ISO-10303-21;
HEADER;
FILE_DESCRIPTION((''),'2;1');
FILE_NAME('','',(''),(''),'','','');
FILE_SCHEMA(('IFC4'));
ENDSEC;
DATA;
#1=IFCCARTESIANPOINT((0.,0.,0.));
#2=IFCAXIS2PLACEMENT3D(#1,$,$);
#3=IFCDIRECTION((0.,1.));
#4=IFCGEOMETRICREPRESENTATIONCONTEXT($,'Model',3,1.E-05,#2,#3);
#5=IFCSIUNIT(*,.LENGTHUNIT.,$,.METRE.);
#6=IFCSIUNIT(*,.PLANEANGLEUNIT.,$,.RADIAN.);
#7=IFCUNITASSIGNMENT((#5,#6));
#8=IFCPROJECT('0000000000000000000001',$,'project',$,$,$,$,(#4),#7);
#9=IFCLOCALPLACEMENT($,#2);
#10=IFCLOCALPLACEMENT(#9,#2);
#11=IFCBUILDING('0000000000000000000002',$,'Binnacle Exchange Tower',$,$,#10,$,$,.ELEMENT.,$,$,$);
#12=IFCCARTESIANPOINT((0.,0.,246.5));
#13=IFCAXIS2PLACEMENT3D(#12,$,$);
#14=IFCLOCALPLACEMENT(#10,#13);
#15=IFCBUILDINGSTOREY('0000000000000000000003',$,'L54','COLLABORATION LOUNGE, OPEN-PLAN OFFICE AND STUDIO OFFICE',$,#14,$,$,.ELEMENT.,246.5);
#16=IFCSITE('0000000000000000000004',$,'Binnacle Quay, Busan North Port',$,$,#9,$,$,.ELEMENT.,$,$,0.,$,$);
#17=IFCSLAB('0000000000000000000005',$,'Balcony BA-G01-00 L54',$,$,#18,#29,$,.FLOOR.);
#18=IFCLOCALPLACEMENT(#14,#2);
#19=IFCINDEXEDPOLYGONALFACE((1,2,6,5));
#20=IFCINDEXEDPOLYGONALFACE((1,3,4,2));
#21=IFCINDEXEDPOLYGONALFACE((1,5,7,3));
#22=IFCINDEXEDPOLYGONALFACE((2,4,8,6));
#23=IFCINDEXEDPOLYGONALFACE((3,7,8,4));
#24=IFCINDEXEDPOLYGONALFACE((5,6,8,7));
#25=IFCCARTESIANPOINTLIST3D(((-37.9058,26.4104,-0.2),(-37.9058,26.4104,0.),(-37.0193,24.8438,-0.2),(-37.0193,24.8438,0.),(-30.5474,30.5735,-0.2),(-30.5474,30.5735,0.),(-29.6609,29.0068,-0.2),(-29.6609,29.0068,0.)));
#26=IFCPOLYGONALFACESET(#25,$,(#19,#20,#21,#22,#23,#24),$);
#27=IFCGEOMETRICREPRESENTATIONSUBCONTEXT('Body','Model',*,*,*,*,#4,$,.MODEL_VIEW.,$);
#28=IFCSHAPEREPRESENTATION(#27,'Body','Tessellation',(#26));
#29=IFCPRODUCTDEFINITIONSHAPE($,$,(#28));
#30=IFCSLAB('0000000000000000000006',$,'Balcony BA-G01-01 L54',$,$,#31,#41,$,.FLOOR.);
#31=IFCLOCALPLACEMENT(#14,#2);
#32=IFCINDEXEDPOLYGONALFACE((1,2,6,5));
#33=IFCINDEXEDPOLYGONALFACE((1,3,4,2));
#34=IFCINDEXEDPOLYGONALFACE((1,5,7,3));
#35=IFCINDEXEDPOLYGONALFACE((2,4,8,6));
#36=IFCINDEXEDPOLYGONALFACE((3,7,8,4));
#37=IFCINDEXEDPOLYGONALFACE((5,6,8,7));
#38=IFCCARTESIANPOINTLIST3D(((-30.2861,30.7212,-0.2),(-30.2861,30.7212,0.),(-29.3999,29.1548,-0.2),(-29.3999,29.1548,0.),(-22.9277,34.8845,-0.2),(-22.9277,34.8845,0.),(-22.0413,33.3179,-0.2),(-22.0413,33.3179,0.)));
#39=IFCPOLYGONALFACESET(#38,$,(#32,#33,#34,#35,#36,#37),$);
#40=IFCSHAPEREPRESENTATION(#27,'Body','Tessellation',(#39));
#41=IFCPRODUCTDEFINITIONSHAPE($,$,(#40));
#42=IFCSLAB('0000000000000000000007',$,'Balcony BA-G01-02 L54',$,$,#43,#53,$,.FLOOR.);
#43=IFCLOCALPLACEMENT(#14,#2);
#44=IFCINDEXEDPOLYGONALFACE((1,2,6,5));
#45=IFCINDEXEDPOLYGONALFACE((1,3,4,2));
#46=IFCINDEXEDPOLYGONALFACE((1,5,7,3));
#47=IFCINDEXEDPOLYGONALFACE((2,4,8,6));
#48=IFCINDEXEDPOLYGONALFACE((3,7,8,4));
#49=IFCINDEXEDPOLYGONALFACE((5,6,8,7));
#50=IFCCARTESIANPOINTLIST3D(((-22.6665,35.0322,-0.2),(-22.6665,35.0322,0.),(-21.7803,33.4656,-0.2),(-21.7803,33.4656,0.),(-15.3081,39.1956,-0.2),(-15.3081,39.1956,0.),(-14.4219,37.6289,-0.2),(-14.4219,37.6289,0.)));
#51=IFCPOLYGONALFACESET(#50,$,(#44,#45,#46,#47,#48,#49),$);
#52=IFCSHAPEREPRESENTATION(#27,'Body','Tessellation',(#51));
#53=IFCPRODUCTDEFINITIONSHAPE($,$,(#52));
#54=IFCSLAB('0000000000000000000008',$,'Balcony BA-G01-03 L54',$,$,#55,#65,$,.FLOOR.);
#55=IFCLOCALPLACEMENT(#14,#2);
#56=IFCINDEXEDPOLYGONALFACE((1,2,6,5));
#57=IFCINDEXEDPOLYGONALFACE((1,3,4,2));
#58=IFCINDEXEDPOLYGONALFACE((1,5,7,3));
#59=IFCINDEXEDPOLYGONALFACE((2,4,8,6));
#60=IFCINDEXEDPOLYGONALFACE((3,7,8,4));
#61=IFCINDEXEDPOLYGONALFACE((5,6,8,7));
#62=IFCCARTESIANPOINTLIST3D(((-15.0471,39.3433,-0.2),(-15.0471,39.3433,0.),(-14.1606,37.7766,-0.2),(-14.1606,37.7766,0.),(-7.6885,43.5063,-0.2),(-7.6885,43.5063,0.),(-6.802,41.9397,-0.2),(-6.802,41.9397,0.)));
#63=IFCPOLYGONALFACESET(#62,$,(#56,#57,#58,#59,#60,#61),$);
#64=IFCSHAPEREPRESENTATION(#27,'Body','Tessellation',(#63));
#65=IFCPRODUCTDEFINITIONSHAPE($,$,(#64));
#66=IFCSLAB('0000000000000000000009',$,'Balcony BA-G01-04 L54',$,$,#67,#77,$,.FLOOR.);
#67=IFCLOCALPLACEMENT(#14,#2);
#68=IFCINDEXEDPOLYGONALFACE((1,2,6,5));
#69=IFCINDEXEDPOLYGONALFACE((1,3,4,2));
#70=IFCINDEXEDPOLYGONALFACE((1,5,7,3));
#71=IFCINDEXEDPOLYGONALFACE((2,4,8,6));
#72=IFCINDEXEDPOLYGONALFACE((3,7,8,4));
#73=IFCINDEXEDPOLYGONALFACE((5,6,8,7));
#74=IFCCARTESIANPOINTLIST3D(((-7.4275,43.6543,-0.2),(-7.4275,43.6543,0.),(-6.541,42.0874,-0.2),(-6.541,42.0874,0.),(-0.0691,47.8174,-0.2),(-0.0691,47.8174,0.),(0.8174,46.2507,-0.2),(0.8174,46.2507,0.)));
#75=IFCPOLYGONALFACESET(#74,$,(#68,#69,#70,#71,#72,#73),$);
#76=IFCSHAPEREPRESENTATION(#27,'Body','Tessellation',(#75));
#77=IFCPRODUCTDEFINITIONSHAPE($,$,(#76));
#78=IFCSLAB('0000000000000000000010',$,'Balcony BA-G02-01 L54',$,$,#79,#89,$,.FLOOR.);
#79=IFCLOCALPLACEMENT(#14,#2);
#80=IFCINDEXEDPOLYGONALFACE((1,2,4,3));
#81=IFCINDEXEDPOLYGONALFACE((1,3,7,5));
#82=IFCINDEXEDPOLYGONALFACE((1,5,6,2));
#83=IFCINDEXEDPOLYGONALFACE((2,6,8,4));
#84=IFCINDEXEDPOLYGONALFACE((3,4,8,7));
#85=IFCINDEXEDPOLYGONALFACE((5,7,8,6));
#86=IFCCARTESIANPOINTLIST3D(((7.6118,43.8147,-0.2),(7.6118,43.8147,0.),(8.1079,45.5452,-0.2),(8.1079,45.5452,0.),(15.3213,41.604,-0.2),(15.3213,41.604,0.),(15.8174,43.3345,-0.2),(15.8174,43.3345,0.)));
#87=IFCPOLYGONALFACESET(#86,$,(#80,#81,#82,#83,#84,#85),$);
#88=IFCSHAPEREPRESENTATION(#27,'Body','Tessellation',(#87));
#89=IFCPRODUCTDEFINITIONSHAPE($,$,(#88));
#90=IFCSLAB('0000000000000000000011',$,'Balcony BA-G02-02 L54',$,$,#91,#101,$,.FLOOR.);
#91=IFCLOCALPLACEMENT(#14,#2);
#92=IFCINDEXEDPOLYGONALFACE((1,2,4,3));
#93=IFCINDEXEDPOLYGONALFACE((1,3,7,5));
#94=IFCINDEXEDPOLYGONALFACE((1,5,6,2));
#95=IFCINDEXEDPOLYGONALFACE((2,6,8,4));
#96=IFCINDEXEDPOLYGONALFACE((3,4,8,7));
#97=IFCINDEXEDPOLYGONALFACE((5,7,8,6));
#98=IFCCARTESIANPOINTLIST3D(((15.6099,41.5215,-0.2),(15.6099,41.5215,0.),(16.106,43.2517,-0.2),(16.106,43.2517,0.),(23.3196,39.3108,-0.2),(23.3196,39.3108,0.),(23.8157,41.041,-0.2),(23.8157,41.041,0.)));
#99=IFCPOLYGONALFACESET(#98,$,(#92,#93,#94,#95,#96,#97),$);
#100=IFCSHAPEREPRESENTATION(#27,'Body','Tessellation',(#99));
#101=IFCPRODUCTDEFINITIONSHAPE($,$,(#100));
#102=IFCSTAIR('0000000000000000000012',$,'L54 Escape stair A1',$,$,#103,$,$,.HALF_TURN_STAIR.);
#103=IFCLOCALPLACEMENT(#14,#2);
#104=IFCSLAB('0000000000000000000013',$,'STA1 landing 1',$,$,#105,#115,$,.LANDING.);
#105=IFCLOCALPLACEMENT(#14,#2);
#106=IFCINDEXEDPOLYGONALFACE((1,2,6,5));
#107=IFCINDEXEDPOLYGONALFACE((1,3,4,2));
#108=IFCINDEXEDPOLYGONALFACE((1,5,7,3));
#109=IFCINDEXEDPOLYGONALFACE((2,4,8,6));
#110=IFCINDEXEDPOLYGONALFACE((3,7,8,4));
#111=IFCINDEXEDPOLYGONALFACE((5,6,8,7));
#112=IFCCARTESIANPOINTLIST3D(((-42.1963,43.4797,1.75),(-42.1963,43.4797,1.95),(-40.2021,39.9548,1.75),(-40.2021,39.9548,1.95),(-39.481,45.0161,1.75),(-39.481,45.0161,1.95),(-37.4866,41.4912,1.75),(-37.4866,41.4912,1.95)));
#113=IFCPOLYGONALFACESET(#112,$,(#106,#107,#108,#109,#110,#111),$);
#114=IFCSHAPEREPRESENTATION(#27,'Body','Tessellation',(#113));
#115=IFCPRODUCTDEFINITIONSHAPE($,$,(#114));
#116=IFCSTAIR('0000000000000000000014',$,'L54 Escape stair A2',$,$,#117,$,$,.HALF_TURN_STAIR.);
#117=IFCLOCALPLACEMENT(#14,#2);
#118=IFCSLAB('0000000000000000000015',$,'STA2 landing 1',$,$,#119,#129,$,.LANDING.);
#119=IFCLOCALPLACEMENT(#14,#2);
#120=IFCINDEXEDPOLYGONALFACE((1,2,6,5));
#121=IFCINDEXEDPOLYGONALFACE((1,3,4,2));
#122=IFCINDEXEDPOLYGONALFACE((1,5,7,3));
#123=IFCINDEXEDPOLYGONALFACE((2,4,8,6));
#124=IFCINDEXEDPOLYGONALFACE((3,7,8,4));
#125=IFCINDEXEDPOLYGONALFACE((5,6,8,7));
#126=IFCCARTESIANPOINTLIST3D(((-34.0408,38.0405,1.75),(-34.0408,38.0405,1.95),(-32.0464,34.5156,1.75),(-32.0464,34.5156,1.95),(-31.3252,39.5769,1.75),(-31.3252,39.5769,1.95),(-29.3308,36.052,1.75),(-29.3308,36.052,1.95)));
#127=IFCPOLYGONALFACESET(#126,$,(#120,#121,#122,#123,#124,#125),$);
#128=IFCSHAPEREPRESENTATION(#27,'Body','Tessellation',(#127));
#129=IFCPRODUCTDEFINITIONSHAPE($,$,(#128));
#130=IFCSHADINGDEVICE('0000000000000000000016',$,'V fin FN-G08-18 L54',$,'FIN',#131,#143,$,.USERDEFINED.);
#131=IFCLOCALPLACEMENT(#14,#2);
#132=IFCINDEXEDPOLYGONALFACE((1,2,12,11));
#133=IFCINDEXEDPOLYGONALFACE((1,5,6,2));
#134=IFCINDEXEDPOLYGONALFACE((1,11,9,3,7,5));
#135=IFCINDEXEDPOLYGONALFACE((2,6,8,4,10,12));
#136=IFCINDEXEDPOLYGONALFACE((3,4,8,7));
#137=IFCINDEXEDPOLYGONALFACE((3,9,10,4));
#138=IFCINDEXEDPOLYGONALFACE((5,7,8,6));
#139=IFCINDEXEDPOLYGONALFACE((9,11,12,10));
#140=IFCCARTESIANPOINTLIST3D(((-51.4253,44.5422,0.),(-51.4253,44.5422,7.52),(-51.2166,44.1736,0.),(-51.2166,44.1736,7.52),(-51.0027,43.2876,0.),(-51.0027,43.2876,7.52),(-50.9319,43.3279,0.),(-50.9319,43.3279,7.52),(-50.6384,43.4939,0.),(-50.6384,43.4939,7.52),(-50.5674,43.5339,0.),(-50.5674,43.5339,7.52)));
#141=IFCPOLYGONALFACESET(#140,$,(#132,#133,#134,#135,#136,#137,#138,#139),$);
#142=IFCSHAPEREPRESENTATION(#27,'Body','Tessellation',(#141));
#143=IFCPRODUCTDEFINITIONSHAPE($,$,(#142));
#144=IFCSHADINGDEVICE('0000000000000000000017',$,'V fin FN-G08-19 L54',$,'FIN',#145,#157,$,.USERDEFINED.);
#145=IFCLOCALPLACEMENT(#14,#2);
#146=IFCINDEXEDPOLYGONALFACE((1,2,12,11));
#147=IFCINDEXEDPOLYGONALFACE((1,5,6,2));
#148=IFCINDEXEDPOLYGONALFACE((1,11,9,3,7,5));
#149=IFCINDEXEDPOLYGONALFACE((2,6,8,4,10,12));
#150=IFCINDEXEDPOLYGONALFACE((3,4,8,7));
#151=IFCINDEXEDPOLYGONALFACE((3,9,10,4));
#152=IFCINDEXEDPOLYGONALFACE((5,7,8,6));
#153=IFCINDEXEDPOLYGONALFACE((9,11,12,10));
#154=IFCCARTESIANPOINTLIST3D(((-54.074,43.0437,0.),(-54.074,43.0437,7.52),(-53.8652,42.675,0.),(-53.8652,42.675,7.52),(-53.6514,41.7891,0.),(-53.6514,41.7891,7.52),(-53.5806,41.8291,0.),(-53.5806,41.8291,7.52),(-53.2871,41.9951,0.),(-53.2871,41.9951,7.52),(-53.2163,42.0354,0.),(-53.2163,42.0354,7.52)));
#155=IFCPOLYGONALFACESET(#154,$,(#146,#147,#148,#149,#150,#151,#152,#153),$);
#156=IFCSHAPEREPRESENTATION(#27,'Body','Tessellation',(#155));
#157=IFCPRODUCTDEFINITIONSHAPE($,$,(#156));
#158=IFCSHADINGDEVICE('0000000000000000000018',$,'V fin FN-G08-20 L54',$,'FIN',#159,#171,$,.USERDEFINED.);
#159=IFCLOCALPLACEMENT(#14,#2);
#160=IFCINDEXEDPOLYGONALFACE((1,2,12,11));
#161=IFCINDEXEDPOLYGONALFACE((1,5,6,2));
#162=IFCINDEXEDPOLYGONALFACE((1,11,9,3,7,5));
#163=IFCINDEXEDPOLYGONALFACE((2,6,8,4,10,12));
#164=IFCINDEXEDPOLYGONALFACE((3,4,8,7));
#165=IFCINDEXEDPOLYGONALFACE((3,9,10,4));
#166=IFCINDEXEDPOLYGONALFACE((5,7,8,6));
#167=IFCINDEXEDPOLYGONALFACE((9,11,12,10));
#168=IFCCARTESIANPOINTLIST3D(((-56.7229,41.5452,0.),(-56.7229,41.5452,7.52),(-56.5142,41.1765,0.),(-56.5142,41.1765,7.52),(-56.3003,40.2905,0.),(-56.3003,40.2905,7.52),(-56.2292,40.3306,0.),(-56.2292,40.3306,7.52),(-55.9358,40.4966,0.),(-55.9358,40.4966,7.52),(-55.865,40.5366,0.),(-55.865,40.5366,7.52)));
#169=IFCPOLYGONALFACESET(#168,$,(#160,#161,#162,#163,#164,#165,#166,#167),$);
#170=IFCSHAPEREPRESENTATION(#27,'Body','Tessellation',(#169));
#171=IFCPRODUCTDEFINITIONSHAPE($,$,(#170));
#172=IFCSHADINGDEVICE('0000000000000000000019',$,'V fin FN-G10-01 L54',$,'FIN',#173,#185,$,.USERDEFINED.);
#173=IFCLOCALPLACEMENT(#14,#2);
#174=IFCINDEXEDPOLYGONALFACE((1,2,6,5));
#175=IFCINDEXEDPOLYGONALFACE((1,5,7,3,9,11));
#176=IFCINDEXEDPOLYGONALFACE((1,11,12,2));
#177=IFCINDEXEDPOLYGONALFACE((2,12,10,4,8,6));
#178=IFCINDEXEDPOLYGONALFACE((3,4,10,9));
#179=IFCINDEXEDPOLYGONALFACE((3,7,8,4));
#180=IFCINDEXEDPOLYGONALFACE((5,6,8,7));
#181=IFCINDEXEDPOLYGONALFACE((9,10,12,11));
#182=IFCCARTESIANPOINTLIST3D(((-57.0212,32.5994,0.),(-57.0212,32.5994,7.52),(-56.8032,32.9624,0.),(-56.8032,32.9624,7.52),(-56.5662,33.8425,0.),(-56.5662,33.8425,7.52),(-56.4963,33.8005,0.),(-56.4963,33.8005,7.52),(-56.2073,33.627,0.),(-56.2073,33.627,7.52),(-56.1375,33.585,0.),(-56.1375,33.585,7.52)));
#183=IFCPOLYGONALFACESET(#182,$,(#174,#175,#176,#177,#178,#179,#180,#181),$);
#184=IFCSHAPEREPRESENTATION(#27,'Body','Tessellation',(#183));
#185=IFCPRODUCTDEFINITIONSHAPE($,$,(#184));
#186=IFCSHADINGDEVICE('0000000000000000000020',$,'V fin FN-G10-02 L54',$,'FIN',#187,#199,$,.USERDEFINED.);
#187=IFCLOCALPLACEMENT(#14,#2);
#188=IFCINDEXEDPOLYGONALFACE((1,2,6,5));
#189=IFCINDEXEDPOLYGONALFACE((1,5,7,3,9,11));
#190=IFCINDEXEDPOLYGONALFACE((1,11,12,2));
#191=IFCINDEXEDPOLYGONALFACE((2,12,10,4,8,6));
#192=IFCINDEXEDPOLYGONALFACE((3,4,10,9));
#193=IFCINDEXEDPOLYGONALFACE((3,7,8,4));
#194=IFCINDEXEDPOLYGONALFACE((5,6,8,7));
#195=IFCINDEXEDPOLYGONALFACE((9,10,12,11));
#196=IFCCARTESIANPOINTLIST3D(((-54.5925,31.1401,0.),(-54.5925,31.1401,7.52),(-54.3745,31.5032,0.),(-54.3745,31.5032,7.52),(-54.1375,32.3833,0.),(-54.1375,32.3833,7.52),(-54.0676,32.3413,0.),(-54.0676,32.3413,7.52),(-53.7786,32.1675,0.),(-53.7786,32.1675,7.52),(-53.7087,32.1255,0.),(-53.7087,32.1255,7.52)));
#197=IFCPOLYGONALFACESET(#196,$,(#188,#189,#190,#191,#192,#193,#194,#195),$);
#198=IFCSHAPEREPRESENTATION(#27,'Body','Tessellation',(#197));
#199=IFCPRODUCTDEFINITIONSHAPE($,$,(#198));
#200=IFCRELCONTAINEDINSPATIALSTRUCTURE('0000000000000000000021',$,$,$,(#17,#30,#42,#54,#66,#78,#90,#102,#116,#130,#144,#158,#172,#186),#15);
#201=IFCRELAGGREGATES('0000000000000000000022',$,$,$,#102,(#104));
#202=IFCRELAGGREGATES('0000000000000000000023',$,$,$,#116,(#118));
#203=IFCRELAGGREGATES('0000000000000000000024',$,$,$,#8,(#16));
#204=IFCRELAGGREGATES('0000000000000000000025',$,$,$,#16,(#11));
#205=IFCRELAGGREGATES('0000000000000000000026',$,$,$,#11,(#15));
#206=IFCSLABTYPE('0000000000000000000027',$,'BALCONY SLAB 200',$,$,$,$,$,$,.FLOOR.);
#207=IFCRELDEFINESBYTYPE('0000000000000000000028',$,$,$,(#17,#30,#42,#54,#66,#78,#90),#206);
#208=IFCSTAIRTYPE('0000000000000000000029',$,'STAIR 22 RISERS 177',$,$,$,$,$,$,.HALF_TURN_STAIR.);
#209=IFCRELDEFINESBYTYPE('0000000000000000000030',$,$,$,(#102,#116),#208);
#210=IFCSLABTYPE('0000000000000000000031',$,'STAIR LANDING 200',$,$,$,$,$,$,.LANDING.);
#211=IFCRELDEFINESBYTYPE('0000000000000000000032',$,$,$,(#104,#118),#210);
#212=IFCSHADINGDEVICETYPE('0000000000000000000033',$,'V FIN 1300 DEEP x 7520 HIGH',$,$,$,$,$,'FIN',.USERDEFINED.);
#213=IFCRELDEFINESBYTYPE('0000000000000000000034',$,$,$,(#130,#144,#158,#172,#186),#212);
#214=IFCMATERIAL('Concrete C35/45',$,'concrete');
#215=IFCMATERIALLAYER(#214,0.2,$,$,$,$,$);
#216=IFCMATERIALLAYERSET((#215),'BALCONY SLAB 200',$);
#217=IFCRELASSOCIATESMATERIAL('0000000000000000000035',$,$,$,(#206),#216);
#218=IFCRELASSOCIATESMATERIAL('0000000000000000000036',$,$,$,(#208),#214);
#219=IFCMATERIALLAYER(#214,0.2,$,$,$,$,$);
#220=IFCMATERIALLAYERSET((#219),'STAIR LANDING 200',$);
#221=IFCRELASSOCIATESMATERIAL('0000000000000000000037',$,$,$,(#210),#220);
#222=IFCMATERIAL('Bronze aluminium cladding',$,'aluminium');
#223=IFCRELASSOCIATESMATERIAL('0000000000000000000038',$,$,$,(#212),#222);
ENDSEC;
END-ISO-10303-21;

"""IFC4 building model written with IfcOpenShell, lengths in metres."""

from ifc_helpers import new_model, si_unit, direction, frame, origin, place, context, subcontext, project, spatial, polyline, outline, extrude, material, layer, layer_set, type_object, element, aggregate, save


model = new_model("IFC4")

# Units and contexts
model_context = context("Model", 3, precision=1e-05, world=origin(), true_north=direction((0.0, 1.0)))
body_context = subcontext(model_context, "Body", "Model", "MODEL_VIEW")
ifc_project = project(units=[si_unit("LENGTHUNIT", "METRE"), si_unit("PLANEANGLEUNIT", "RADIAN")], contexts=[model_context])

# Site, building, storey
site_placement = place(None, origin())
site = spatial("IfcSite", under=ifc_project, at=site_placement, Name="Binnacle Quay, Busan North Port", CompositionType="ELEMENT", RefElevation=0.0)
building_placement = place(site_placement, origin())
building = spatial("IfcBuilding", under=site, at=building_placement, Name="Binnacle Exchange Tower", CompositionType="ELEMENT")
storey_placement = place(building_placement, frame((0.0, 0.0, 246.5)))
storey = spatial("IfcBuildingStorey", under=building, at=storey_placement, Name="L54", Description="COLLABORATION LOUNGE, OPEN-PLAN OFFICE AND STUDIO OFFICE", CompositionType="ELEMENT", Elevation=246.5)

# Slabs
ifc_material_1 = material(Name="Concrete C35/45", Category="concrete")
ifc_layer_1 = layer(ifc_material_1, 0.2)
ifc_layer_set_1 = layer_set([ifc_layer_1], Name="BALCONY SLAB 200")
slab_type_1 = type_object("IfcSlabType", Name="BALCONY SLAB 200", PredefinedType="FLOOR", material=ifc_layer_set_1)
slab_1_placement = place(storey_placement, frame((0.0, 0.0, -0.2)))
element("IfcSlab", 1, at=slab_1_placement, inside=storey, type_object=slab_type_1, Name="Balcony BA-G01-00 L54", PredefinedType="FLOOR", context=body_context, shape_type="SweptSolid", body=[
    extrude(outline(polyline([(-37.9058, 26.4104), (-30.5474, 30.5735), (-29.6609, 29.0068), (-37.0193, 24.8438), (-37.9058, 26.4104)])), origin(), (0.0, 0.0, 1.0), 0.2),
])
slab_2_placement = place(storey_placement, frame((0.0, 0.0, -0.2)))
element("IfcSlab", 2, at=slab_2_placement, inside=storey, type_object=slab_type_1, Name="Balcony BA-G01-01 L54", PredefinedType="FLOOR", context=body_context, shape_type="SweptSolid", body=[
    extrude(outline(polyline([(-30.2861, 30.7212), (-22.9277, 34.8845), (-22.0413, 33.3179), (-29.3999, 29.1548), (-30.2861, 30.7212)])), origin(), (0.0, 0.0, 1.0), 0.2),
])
slab_3_placement = place(storey_placement, frame((0.0, 0.0, -0.2)))
element("IfcSlab", 3, at=slab_3_placement, inside=storey, type_object=slab_type_1, Name="Balcony BA-G01-02 L54", PredefinedType="FLOOR", context=body_context, shape_type="SweptSolid", body=[
    extrude(outline(polyline([(-22.6665, 35.0322), (-15.3081, 39.1956), (-14.4219, 37.6289), (-21.7803, 33.4656), (-22.6665, 35.0322)])), origin(), (0.0, 0.0, 1.0), 0.2),
])
slab_4_placement = place(storey_placement, frame((0.0, 0.0, -0.2)))
element("IfcSlab", 4, at=slab_4_placement, inside=storey, type_object=slab_type_1, Name="Balcony BA-G01-03 L54", PredefinedType="FLOOR", context=body_context, shape_type="SweptSolid", body=[
    extrude(outline(polyline([(-15.0471, 39.3433), (-7.6885, 43.5063), (-6.802, 41.9397), (-14.1606, 37.7766), (-15.0471, 39.3433)])), origin(), (0.0, 0.0, 1.0), 0.2),
])
slab_5_placement = place(storey_placement, frame((0.0, 0.0, -0.2)))
element("IfcSlab", 5, at=slab_5_placement, inside=storey, type_object=slab_type_1, Name="Balcony BA-G01-04 L54", PredefinedType="FLOOR", context=body_context, shape_type="SweptSolid", body=[
    extrude(outline(polyline([(-7.4275, 43.6543), (-0.0691, 47.8174), (0.8174, 46.2507), (-6.541, 42.0874), (-7.4275, 43.6543)])), origin(), (0.0, 0.0, 1.0), 0.2),
])
slab_6_placement = place(storey_placement, frame((0.0, 0.0, -0.2)))
element("IfcSlab", 6, at=slab_6_placement, inside=storey, type_object=slab_type_1, Name="Balcony BA-G02-01 L54", PredefinedType="FLOOR", context=body_context, shape_type="SweptSolid", body=[
    extrude(outline(polyline([(8.1079, 45.5452), (15.8174, 43.3345), (15.3213, 41.604), (7.6118, 43.8147), (8.1079, 45.5452)])), origin(), (0.0, 0.0, 1.0), 0.2),
])
slab_7_placement = place(storey_placement, frame((0.0, 0.0, -0.2)))
element("IfcSlab", 7, at=slab_7_placement, inside=storey, type_object=slab_type_1, Name="Balcony BA-G02-02 L54", PredefinedType="FLOOR", context=body_context, shape_type="SweptSolid", body=[
    extrude(outline(polyline([(16.106, 43.2517), (23.8157, 41.041), (23.3196, 39.3108), (15.6099, 41.5215), (16.106, 43.2517)])), origin(), (0.0, 0.0, 1.0), 0.2),
])

# Stairs, slabs
stair_type = type_object("IfcStairType", Name="STAIR 22 RISERS 177", PredefinedType="HALF_TURN_STAIR", material=ifc_material_1)
stair_1_placement = place(storey_placement, origin())
stair_1 = element("IfcStair", 8, at=stair_1_placement, inside=storey, type_object=stair_type, Name="L54 Escape stair A1", PredefinedType="HALF_TURN_STAIR")
ifc_layer_2 = layer(ifc_material_1, 0.2)
ifc_layer_set_2 = layer_set([ifc_layer_2], Name="STAIR LANDING 200")
slab_type_2 = type_object("IfcSlabType", Name="STAIR LANDING 200", PredefinedType="LANDING", material=ifc_layer_set_2)
slab_8_placement = place(storey_placement, frame((0.0, 0.0, 1.75)))
slab_8 = element("IfcSlab", 9, at=slab_8_placement, type_object=slab_type_2, Name="STA1 landing 1", PredefinedType="LANDING", context=body_context, shape_type="SweptSolid", body=[
    extrude(outline(polyline([(-40.2021, 39.9548), (-37.4866, 41.4912), (-39.481, 45.0161), (-42.1963, 43.4797), (-40.2021, 39.9548)])), origin(), (0.0, 0.0, 1.0), 0.2),
])
aggregate(stair_1, [slab_8])
stair_2_placement = place(storey_placement, origin())
stair_2 = element("IfcStair", 10, at=stair_2_placement, inside=storey, type_object=stair_type, Name="L54 Escape stair A2", PredefinedType="HALF_TURN_STAIR")
slab_9_placement = place(storey_placement, frame((0.0, 0.0, 1.75)))
slab_9 = element("IfcSlab", 11, at=slab_9_placement, type_object=slab_type_2, Name="STA2 landing 1", PredefinedType="LANDING", context=body_context, shape_type="SweptSolid", body=[
    extrude(outline(polyline([(-31.3252, 39.5769), (-34.0408, 38.0405), (-32.0464, 34.5156), (-29.3308, 36.052), (-31.3252, 39.5769)])), origin(), (0.0, 0.0, 1.0), 0.2),
])
aggregate(stair_2, [slab_9])

# Shading devices
ifc_material_2 = material(Name="Bronze aluminium cladding", Category="aluminium")
shading_device_type = type_object("IfcShadingDeviceType", Name="V FIN 1300 DEEP x 7520 HIGH", ElementType="FIN", PredefinedType="USERDEFINED", material=ifc_material_2)
shading_device_1_placement = place(storey_placement, origin())
element("IfcShadingDevice", 12, at=shading_device_1_placement, inside=storey, type_object=shading_device_type, Name="V fin FN-G08-18 L54", ObjectType="FIN", PredefinedType="USERDEFINED", context=body_context, shape_type="SweptSolid", body=[
    extrude(outline(polyline([(-50.5674, 43.5339), (-51.4253, 44.5422), (-51.0027, 43.2876), (-50.9319, 43.3279), (-51.2166, 44.1736), (-50.6384, 43.4939), (-50.5674, 43.5339)])), origin(), (0.0, 0.0, 1.0), 7.52),
])
shading_device_2_placement = place(storey_placement, origin())
element("IfcShadingDevice", 13, at=shading_device_2_placement, inside=storey, type_object=shading_device_type, Name="V fin FN-G08-19 L54", ObjectType="FIN", PredefinedType="USERDEFINED", context=body_context, shape_type="SweptSolid", body=[
    extrude(outline(polyline([(-53.2163, 42.0354), (-54.074, 43.0437), (-53.6514, 41.7891), (-53.5806, 41.8291), (-53.8652, 42.675), (-53.2871, 41.9951), (-53.2163, 42.0354)])), origin(), (0.0, 0.0, 1.0), 7.52),
])
shading_device_3_placement = place(storey_placement, origin())
element("IfcShadingDevice", 14, at=shading_device_3_placement, inside=storey, type_object=shading_device_type, Name="V fin FN-G08-20 L54", ObjectType="FIN", PredefinedType="USERDEFINED", context=body_context, shape_type="SweptSolid", body=[
    extrude(outline(polyline([(-55.865, 40.5366), (-56.7229, 41.5452), (-56.3003, 40.2905), (-56.2292, 40.3306), (-56.5142, 41.1765), (-55.9358, 40.4966), (-55.865, 40.5366)])), origin(), (0.0, 0.0, 1.0), 7.52),
])
shading_device_4_placement = place(storey_placement, origin())
element("IfcShadingDevice", 15, at=shading_device_4_placement, inside=storey, type_object=shading_device_type, Name="V fin FN-G10-01 L54", ObjectType="FIN", PredefinedType="USERDEFINED", context=body_context, shape_type="SweptSolid", body=[
    extrude(outline(polyline([(-56.5662, 33.8425), (-57.0212, 32.5994), (-56.1375, 33.585), (-56.2073, 33.627), (-56.8032, 32.9624), (-56.4963, 33.8005), (-56.5662, 33.8425)])), origin(), (0.0, 0.0, 1.0), 7.52),
])
shading_device_5_placement = place(storey_placement, origin())
element("IfcShadingDevice", 16, at=shading_device_5_placement, inside=storey, type_object=shading_device_type, Name="V fin FN-G10-02 L54", ObjectType="FIN", PredefinedType="USERDEFINED", context=body_context, shape_type="SweptSolid", body=[
    extrude(outline(polyline([(-54.1375, 32.3833), (-54.5925, 31.1401), (-53.7087, 32.1255), (-53.7786, 32.1675), (-54.3745, 31.5032), (-54.0676, 32.3413), (-54.1375, 32.3833)])), origin(), (0.0, 0.0, 1.0), 7.52),
])

save(model, "model.ifc")
